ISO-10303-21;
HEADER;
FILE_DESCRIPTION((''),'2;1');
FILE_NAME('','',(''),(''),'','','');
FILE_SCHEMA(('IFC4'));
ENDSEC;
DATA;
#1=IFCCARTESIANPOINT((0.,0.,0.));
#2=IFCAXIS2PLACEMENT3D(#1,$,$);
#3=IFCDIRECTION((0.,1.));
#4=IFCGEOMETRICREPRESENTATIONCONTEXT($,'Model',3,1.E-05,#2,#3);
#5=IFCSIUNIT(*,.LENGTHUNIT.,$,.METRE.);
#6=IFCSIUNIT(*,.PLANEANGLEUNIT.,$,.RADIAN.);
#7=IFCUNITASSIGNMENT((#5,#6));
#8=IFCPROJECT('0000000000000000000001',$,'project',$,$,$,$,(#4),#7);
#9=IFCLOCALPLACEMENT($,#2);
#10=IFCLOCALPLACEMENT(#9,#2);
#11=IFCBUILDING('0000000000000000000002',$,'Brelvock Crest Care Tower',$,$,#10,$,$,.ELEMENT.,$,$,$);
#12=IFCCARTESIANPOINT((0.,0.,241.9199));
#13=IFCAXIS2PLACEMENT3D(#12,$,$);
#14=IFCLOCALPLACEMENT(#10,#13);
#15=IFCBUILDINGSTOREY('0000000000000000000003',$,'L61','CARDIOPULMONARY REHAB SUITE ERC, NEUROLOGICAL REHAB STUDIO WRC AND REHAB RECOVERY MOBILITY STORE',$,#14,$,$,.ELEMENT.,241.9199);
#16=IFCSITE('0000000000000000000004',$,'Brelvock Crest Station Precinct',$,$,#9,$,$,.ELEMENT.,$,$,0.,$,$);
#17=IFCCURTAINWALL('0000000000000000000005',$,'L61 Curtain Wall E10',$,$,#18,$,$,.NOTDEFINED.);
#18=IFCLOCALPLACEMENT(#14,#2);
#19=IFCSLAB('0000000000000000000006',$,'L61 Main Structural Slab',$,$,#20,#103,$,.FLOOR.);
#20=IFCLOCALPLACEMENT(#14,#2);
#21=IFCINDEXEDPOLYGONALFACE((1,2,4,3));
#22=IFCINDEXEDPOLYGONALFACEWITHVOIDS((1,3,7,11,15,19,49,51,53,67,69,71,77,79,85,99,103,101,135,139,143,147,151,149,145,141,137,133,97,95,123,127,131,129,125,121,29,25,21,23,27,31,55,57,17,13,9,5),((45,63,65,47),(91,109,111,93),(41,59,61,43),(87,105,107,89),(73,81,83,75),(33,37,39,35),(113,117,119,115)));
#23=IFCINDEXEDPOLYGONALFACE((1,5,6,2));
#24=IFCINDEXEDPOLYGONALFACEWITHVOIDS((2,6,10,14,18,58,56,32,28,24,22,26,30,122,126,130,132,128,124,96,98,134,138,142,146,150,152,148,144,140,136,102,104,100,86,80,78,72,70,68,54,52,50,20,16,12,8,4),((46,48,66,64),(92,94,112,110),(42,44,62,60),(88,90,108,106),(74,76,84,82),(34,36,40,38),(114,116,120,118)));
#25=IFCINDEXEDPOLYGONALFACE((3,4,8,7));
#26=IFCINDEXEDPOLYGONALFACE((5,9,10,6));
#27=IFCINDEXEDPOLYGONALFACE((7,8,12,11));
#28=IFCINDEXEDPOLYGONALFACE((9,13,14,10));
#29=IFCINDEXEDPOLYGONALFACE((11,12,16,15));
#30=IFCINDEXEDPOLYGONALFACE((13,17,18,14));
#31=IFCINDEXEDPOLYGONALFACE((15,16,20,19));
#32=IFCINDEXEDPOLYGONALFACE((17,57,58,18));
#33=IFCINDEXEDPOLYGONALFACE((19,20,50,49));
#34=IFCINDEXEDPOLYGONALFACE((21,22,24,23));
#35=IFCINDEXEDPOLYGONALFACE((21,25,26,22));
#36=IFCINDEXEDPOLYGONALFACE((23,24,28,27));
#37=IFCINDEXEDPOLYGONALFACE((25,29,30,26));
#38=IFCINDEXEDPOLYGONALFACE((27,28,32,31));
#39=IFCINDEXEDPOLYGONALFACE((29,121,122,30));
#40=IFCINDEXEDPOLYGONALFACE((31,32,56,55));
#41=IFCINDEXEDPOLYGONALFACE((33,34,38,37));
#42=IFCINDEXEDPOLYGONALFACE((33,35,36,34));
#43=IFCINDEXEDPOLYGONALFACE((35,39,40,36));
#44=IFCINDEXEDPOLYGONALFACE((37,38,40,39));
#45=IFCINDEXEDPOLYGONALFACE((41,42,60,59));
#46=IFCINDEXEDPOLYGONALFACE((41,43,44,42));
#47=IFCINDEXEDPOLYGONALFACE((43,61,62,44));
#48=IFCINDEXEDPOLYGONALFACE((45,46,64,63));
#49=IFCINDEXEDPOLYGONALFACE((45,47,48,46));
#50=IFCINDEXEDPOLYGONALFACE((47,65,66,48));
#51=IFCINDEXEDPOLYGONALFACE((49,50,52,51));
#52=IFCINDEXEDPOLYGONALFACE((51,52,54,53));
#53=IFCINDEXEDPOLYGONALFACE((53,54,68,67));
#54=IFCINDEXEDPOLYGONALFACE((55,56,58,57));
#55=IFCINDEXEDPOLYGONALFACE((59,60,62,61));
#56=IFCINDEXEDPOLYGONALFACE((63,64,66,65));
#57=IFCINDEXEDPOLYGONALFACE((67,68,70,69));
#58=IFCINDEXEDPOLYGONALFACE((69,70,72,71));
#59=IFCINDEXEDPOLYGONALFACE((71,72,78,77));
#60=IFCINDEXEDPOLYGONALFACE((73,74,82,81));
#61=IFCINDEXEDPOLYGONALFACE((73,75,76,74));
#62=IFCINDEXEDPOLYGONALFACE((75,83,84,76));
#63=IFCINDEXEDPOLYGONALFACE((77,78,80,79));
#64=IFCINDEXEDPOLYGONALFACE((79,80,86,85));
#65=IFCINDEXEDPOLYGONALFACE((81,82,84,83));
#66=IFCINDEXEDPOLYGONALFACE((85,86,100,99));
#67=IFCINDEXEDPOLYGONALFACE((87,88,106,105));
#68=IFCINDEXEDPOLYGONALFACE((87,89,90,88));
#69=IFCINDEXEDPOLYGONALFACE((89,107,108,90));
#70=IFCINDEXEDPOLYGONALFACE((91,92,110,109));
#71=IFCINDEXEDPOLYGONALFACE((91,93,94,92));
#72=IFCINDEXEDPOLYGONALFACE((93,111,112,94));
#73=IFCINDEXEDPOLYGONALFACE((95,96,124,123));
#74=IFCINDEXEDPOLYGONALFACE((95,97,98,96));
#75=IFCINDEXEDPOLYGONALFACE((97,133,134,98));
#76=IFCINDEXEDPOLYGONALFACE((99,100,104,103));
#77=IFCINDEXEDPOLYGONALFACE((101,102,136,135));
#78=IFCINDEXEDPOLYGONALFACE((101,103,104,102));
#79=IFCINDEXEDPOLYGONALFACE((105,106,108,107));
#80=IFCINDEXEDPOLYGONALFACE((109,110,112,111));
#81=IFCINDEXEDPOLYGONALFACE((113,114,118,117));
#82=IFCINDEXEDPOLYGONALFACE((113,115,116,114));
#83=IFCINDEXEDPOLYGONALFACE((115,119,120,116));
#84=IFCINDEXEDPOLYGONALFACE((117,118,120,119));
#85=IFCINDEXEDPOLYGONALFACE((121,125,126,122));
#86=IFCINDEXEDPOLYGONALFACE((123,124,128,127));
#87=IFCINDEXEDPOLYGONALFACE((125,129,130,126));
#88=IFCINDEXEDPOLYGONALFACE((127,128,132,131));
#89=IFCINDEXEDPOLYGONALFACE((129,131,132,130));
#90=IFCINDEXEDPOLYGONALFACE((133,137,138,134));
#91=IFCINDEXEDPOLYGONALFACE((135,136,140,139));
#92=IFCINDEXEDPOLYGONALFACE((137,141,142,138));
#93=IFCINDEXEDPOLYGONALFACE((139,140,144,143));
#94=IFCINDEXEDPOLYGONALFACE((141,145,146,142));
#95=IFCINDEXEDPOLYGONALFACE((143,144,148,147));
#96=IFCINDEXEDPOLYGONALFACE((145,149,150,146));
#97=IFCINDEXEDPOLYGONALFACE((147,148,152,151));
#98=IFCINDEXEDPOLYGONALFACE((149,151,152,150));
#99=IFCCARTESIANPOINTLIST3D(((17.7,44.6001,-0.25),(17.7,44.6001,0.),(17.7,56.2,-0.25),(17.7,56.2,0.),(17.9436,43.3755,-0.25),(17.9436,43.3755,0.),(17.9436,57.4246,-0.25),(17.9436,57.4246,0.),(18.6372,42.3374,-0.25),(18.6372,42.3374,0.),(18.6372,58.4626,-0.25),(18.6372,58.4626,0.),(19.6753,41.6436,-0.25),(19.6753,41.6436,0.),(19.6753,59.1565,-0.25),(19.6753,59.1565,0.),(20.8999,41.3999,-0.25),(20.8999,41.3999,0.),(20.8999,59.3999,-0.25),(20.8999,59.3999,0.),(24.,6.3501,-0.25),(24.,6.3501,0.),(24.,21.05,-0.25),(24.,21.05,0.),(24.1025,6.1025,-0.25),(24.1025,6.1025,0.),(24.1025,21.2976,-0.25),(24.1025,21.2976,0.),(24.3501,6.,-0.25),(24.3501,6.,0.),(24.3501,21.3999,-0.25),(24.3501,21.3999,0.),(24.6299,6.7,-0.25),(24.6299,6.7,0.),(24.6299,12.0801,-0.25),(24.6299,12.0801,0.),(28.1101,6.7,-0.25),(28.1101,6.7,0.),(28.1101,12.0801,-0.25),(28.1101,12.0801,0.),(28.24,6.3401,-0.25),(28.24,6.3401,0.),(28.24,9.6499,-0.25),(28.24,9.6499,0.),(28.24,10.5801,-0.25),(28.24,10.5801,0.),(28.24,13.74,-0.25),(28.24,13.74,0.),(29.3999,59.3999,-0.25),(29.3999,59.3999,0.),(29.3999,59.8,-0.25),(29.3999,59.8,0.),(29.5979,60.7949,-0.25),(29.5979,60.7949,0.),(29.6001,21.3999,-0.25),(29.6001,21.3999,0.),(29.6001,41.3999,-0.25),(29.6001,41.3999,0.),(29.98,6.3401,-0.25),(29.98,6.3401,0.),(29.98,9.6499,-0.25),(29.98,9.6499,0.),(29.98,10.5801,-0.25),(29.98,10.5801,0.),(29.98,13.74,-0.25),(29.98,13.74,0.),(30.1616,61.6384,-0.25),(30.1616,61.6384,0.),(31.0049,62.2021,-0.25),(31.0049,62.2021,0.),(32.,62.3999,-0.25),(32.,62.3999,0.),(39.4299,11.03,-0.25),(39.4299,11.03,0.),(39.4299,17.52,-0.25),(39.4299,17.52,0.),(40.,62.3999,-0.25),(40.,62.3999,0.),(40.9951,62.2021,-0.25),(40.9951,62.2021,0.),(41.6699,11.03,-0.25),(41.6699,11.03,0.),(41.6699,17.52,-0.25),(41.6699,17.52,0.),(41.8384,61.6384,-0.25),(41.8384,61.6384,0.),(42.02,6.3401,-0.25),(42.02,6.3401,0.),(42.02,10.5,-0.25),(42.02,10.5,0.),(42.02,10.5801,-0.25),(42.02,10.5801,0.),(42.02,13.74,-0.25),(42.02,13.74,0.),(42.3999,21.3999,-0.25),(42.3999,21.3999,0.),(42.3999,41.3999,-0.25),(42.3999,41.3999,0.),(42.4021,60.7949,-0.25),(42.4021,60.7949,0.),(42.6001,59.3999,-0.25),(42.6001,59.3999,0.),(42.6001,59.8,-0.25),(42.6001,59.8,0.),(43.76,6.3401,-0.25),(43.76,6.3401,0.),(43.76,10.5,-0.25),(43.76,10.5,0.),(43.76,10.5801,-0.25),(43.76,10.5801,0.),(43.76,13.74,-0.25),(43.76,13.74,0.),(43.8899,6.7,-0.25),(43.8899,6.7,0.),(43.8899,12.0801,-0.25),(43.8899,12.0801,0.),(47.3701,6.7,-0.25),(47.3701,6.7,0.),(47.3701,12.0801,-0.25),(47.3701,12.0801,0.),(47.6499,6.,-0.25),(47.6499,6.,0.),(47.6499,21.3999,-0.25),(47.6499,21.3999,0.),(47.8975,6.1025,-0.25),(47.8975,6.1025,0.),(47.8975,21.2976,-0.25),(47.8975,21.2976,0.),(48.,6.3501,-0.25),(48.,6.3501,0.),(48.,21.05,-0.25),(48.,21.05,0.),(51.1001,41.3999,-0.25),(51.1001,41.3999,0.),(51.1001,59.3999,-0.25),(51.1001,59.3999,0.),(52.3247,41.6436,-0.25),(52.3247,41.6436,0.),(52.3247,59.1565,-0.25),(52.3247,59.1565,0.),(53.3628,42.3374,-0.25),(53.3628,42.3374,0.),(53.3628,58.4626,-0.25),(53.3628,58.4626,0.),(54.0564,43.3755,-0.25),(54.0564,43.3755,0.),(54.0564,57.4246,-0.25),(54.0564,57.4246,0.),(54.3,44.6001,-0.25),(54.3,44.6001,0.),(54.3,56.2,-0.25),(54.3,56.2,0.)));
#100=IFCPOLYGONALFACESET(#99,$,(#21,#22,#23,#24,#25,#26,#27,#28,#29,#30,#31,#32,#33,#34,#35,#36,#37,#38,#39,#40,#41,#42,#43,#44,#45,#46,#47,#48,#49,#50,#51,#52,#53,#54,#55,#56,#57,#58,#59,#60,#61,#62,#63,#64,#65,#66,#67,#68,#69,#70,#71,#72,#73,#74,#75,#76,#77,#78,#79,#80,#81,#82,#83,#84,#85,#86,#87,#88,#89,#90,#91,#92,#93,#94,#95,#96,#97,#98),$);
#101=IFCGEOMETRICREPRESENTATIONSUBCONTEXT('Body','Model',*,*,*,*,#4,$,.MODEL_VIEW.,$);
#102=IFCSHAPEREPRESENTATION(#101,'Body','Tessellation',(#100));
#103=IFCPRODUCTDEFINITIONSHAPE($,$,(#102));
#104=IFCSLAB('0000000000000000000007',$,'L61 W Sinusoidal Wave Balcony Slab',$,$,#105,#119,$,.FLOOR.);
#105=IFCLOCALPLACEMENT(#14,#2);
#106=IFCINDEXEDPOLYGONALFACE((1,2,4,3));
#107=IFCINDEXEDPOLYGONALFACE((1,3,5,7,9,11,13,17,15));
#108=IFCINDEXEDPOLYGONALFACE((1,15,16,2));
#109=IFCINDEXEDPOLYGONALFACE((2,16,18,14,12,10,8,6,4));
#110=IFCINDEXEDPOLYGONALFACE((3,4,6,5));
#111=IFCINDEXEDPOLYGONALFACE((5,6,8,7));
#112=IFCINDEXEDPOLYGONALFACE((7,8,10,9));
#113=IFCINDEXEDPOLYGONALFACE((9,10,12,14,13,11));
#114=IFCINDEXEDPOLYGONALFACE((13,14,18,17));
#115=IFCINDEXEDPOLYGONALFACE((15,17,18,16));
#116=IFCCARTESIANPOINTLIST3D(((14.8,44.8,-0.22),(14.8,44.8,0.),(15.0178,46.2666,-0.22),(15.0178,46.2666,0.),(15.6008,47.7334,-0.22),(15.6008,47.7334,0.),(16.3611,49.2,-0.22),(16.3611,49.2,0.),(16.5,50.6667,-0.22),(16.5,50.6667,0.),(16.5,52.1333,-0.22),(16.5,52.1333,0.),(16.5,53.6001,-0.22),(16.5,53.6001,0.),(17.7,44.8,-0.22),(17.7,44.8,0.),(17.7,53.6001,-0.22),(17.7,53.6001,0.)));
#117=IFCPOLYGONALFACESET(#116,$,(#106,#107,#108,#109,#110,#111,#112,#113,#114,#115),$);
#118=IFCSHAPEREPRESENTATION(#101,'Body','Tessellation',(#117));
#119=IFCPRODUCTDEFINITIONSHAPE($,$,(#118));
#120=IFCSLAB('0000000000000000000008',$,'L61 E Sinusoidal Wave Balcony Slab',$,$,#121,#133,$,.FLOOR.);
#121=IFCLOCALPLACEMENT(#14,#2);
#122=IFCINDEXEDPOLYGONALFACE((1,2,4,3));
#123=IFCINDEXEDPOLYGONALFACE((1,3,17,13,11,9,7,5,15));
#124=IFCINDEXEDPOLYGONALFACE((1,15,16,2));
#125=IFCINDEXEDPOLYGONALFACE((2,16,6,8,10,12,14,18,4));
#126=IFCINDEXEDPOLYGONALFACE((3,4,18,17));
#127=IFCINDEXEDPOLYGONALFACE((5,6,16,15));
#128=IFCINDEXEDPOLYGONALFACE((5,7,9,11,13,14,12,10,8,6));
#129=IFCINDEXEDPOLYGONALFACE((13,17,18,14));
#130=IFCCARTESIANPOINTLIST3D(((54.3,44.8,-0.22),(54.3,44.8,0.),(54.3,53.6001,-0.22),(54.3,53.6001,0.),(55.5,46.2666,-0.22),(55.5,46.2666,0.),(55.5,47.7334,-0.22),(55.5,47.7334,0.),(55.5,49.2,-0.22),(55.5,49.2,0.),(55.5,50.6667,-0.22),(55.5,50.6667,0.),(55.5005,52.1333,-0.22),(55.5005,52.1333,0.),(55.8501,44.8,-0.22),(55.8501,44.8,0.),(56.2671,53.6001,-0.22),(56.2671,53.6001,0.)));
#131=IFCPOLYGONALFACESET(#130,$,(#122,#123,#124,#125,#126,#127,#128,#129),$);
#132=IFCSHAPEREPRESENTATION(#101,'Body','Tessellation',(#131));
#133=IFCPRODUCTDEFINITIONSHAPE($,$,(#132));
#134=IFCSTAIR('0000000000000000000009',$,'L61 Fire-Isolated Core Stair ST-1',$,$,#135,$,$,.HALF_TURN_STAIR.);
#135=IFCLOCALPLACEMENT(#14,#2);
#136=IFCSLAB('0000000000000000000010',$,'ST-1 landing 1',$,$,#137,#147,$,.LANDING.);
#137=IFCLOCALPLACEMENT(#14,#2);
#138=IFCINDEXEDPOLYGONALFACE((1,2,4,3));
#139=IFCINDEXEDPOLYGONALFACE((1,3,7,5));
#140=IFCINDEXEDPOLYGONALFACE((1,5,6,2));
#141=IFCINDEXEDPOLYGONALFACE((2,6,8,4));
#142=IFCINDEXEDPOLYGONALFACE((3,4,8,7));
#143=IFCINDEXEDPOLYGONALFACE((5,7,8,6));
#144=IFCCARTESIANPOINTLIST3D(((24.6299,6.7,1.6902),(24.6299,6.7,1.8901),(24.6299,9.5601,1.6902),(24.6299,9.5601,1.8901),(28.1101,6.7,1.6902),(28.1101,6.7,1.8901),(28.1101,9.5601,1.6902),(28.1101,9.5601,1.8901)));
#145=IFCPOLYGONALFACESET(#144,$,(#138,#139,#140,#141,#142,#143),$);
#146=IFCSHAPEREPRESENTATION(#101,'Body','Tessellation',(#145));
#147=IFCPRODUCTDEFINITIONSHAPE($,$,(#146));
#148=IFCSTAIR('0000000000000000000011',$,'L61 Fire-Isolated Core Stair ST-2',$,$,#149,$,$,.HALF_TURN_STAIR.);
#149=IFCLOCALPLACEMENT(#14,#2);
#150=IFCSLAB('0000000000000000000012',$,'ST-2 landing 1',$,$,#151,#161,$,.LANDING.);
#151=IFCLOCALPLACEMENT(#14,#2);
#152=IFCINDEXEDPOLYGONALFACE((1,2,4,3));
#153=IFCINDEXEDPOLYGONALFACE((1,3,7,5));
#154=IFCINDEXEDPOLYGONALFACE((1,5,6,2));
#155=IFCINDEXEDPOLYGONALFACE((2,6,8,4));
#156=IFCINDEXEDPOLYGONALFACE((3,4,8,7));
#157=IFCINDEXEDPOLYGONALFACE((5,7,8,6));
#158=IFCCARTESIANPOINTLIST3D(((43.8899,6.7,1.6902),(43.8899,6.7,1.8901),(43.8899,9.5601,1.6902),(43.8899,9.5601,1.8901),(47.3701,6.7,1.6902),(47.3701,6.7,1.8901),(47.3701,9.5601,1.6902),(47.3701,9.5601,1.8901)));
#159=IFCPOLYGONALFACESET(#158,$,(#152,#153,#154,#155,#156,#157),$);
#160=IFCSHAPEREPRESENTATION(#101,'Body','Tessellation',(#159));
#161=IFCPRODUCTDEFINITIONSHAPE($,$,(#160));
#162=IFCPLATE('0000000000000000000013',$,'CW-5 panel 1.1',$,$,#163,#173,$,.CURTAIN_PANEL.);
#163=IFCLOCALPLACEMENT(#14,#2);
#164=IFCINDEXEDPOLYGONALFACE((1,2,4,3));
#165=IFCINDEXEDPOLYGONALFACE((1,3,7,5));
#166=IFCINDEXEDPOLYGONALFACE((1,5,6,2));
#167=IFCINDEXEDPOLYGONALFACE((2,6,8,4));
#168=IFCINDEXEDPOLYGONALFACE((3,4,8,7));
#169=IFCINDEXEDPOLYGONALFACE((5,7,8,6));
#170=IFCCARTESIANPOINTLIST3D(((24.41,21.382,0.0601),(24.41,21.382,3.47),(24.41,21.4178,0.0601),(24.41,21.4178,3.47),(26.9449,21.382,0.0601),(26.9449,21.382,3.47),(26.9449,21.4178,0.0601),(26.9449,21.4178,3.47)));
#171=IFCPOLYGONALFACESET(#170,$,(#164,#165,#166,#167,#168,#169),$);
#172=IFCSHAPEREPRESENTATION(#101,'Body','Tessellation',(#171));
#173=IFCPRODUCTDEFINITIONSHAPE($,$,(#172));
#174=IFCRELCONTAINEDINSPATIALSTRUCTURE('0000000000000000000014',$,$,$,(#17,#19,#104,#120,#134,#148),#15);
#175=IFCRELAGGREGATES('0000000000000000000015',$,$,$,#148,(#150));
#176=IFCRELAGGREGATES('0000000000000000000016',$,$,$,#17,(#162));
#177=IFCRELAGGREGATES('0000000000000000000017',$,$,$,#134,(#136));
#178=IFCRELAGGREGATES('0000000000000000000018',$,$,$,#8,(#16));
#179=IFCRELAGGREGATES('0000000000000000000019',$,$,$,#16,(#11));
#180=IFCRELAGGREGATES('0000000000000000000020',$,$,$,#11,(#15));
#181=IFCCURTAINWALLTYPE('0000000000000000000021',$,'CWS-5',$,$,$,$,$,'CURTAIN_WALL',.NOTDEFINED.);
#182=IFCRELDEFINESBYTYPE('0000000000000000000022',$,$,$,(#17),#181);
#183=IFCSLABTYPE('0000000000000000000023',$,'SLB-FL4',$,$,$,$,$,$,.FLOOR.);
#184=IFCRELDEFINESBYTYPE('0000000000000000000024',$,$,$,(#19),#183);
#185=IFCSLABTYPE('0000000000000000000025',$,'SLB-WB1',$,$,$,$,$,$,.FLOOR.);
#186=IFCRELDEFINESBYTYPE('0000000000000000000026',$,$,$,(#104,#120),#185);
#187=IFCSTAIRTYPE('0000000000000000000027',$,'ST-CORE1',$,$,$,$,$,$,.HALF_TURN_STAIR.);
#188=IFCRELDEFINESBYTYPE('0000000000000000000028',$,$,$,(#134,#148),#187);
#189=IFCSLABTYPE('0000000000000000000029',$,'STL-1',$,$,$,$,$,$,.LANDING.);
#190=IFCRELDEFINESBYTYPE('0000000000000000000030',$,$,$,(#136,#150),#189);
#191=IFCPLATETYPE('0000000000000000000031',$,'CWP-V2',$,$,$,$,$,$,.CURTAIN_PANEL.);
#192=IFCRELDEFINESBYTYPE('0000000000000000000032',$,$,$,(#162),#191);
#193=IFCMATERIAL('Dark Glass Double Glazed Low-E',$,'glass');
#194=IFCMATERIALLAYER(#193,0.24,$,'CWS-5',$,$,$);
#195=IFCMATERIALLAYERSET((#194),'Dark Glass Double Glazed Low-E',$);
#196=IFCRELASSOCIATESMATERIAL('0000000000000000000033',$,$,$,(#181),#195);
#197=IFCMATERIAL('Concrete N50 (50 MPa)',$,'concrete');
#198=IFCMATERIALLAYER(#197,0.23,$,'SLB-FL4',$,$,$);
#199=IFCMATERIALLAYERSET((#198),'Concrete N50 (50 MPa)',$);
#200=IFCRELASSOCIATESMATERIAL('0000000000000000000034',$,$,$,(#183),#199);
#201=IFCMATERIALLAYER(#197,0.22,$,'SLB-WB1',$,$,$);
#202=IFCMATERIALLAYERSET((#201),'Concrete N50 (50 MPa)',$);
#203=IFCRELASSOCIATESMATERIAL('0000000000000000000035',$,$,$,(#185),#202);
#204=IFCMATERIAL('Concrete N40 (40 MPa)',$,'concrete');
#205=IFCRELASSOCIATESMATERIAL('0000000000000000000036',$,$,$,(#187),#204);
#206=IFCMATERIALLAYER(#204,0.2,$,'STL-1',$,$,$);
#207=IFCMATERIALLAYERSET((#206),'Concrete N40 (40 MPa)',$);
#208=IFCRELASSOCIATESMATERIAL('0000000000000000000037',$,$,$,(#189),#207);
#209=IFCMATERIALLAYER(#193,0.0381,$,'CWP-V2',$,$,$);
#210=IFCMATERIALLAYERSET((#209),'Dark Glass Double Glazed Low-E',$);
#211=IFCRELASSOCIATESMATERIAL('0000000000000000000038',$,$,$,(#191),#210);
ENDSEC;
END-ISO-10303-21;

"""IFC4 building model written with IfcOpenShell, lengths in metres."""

from ifc_helpers import new_model, si_unit, direction, frame, origin, origin_2d, place, context, subcontext, project, spatial, polyline, rectangle, outline, extrude, source, transform, mapped, material, layer, layer_set, type_object, element, aggregate, save


model = new_model("IFC4")

# Units and contexts
model_context = context("Model", 3, precision=1e-05, world=origin(), true_north=direction((0.0, 1.0)))
body_context = subcontext(model_context, "Body", "Model", "MODEL_VIEW")
ifc_project = project(units=[si_unit("LENGTHUNIT", "METRE"), si_unit("PLANEANGLEUNIT", "RADIAN")], contexts=[model_context])

# Site, building, storey
site_placement = place(None, origin())
site = spatial("IfcSite", under=ifc_project, at=site_placement, Name="Brelvock Crest Station Precinct", CompositionType="ELEMENT", RefElevation=0.0)
building_placement = place(site_placement, origin())
building = spatial("IfcBuilding", under=site, at=building_placement, Name="Brelvock Crest Care Tower", CompositionType="ELEMENT")
storey_placement = place(building_placement, frame((0.0, 0.0, 241.9199)))
storey = spatial("IfcBuildingStorey", under=building, at=storey_placement, Name="L61", Description="CARDIOPULMONARY REHAB SUITE ERC, NEUROLOGICAL REHAB STUDIO WRC AND REHAB RECOVERY MOBILITY STORE", CompositionType="ELEMENT", Elevation=241.9199)

# Curtain wall
ifc_material_1 = material(Name="Dark Glass Double Glazed Low-E", Category="glass")
ifc_layer_1 = layer(ifc_material_1, 0.24, Name="CWS-5")
ifc_layer_set_1 = layer_set([ifc_layer_1], Name="Dark Glass Double Glazed Low-E")
curtain_wall_type = type_object("IfcCurtainWallType", Name="CWS-5", ElementType="CURTAIN_WALL", PredefinedType="NOTDEFINED", material=ifc_layer_set_1)
curtain_wall_placement = place(storey_placement, origin())
curtain_wall = element("IfcCurtainWall", 1, at=curtain_wall_placement, inside=storey, type_object=curtain_wall_type, Name="L61 Curtain Wall E10", PredefinedType="NOTDEFINED")

# Slabs
ifc_material_2 = material(Name="Concrete N50 (50 MPa)", Category="concrete")
ifc_layer_2 = layer(ifc_material_2, 0.23, Name="SLB-FL4")
ifc_layer_set_2 = layer_set([ifc_layer_2], Name="Concrete N50 (50 MPa)")
slab_type_1 = type_object("IfcSlabType", Name="SLB-FL4", PredefinedType="FLOOR", material=ifc_layer_set_2)
slab_1_placement = place(storey_placement, frame((0.0, 0.0, -0.25)))
element("IfcSlab", 2, at=slab_1_placement, inside=storey, type_object=slab_type_1, Name="L61 Main Structural Slab", PredefinedType="FLOOR", context=body_context, shape_type="SweptSolid", body=[
    extrude(outline(polyline([(47.6499, 21.3999), (42.3999, 21.3999), (42.3999, 41.3999), (51.1001, 41.3999), (52.3247, 41.6436), (53.3628, 42.3374), (54.0564, 43.3755), (54.3, 44.6001), (54.3, 56.2), (54.0564, 57.4246), (53.3628, 58.4626), (52.3247, 59.1565), (51.1001, 59.3999), (42.6001, 59.3999), (42.6001, 59.8), (42.4021, 60.7949), (41.8384, 61.6384), (40.9951, 62.2021), (40.0, 62.3999), (32.0, 62.3999), (31.0049, 62.2021), (30.1616, 61.6384), (29.5979, 60.7949), (29.3999, 59.8), (29.3999, 59.3999), (20.8999, 59.3999), (19.6753, 59.1565), (18.6372, 58.4626), (17.9436, 57.4246), (17.7, 56.2), (17.7, 44.6001), (17.9436, 43.3755), (18.6372, 42.3374), (19.6753, 41.6436), (20.8999, 41.3999), (29.6001, 41.3999), (29.6001, 21.3999), (24.3501, 21.3999), (24.1025, 21.2976), (24.0, 21.05), (24.0, 6.3501), (24.1025, 6.1025), (24.3501, 6.0), (47.6499, 6.0), (47.8975, 6.1025), (48.0, 6.3501), (48.0, 21.05), (47.8975, 21.2976), (47.6499, 21.3999)]), holes=[polyline([(28.24, 10.5801), (29.98, 10.5801), (29.98, 13.74), (28.24, 13.74), (28.24, 10.5801)]), polyline([(42.02, 10.5801), (43.76, 10.5801), (43.76, 13.74), (42.02, 13.74), (42.02, 10.5801)]), polyline([(28.24, 6.3401), (29.98, 6.3401), (29.98, 9.6499), (28.24, 9.6499), (28.24, 6.3401)]), polyline([(24.6299, 12.0801), (24.6299, 6.7), (28.1101, 6.7), (28.1101, 12.0801), (24.6299, 12.0801)]), polyline([(43.8899, 12.0801), (43.8899, 6.7), (47.3701, 6.7), (47.3701, 12.0801), (43.8899, 12.0801)]), polyline([(42.02, 6.3401), (43.76, 6.3401), (43.76, 10.5), (42.02, 10.5), (42.02, 6.3401)]), polyline([(39.4299, 11.03), (41.6699, 11.03), (41.6699, 17.52), (39.4299, 17.52), (39.4299, 11.03)])]), origin(), (0.0, 0.0, 1.0), 0.25),
])
ifc_layer_3 = layer(ifc_material_2, 0.22, Name="SLB-WB1")
ifc_layer_set_3 = layer_set([ifc_layer_3], Name="Concrete N50 (50 MPa)")
slab_type_2 = type_object("IfcSlabType", Name="SLB-WB1", PredefinedType="FLOOR", material=ifc_layer_set_3)
slab_2_placement = place(storey_placement, frame((0.0, 0.0, -0.22)))
element("IfcSlab", 3, at=slab_2_placement, inside=storey, type_object=slab_type_2, Name="L61 W Sinusoidal Wave Balcony Slab", PredefinedType="FLOOR", context=body_context, shape_type="SweptSolid", body=[
    extrude(outline(polyline([(17.7, 53.6001), (16.5, 53.6001), (16.5, 52.1333), (16.5, 50.6667), (16.3611, 49.2), (15.6008, 47.7334), (15.0178, 46.2666), (14.8, 44.8), (17.7, 44.8), (17.7, 53.6001)])), origin(), (0.0, 0.0, 1.0), 0.22),
])
slab_3_placement = place(storey_placement, frame((0.0, 0.0, -0.22)))
element("IfcSlab", 4, at=slab_3_placement, inside=storey, type_object=slab_type_2, Name="L61 E Sinusoidal Wave Balcony Slab", PredefinedType="FLOOR", context=body_context, shape_type="SweptSolid", body=[
    extrude(outline(polyline([(54.3, 44.8), (55.8501, 44.8), (55.5, 46.2666), (55.5, 47.7334), (55.5, 49.2), (55.5, 50.6667), (55.5005, 52.1333), (56.2671, 53.6001), (54.3, 53.6001), (54.3, 44.8)])), origin(), (0.0, 0.0, 1.0), 0.22),
])

# Stairs, slabs
ifc_material_3 = material(Name="Concrete N40 (40 MPa)", Category="concrete")
stair_type = type_object("IfcStairType", Name="ST-CORE1", PredefinedType="HALF_TURN_STAIR", material=ifc_material_3)
stair_1_placement = place(storey_placement, origin())
stair_1 = element("IfcStair", 5, at=stair_1_placement, inside=storey, type_object=stair_type, Name="L61 Fire-Isolated Core Stair ST-1", PredefinedType="HALF_TURN_STAIR")
ifc_layer_4 = layer(ifc_material_3, 0.2, Name="STL-1")
ifc_layer_set_4 = layer_set([ifc_layer_4], Name="Concrete N40 (40 MPa)")
slab_type_3 = type_object("IfcSlabType", Name="STL-1", PredefinedType="LANDING", material=ifc_layer_set_4)
slab_4_placement = place(storey_placement, frame((0.0, 0.0, 1.6902)))
slab_4 = element("IfcSlab", 6, at=slab_4_placement, type_object=slab_type_3, Name="ST-1 landing 1", PredefinedType="LANDING", context=body_context, shape_type="SweptSolid", body=[
    extrude(outline(polyline([(24.6299, 9.5601), (24.6299, 6.7), (28.1101, 6.7), (28.1101, 9.5601), (24.6299, 9.5601)])), origin(), (0.0, 0.0, 1.0), 0.2),
])
stair_2_placement = place(storey_placement, origin())
stair_2 = element("IfcStair", 7, at=stair_2_placement, inside=storey, type_object=stair_type, Name="L61 Fire-Isolated Core Stair ST-2", PredefinedType="HALF_TURN_STAIR")
slab_5_placement = place(storey_placement, frame((0.0, 0.0, 1.6902)))
slab_5 = element("IfcSlab", 8, at=slab_5_placement, type_object=slab_type_3, Name="ST-2 landing 1", PredefinedType="LANDING", context=body_context, shape_type="SweptSolid", body=[
    extrude(outline(polyline([(43.8899, 9.5601), (43.8899, 6.7), (47.3701, 6.7), (47.3701, 9.5601), (43.8899, 9.5601)])), origin(), (0.0, 0.0, 1.0), 0.2),
])
aggregate(stair_2, [slab_5])

# Plate
ifc_layer_5 = layer(ifc_material_1, 0.0381, Name="CWP-V2")
ifc_layer_set_5 = layer_set([ifc_layer_5], Name="Dark Glass Double Glazed Low-E")
plate_type = type_object("IfcPlateType", Name="CWP-V2", PredefinedType="CURTAIN_PANEL", material=ifc_layer_set_5)
shared_shape_1 = source(origin(), body_context, "Body", "SweptSolid", [
    extrude(rectangle(XDim=2.5349, YDim=0.0359, at=origin_2d()), origin(), (0.0, 0.0, 1.0), 3.4099),
])
plate_placement = place(storey_placement, frame((25.6775, 21.3999, 0.0601), z_axis=(0.0, 0.0, 1.0), x_axis=(1.0, 0.0, 0.0)))
plate = element("IfcPlate", 9, at=plate_placement, type_object=plate_type, Name="CW-5 panel 1.1", PredefinedType="CURTAIN_PANEL", context=body_context, shape_type="MappedRepresentation", body=[
    mapped(shared_shape_1, transform((0.0, 0.0, 0.0), x_axis=(1.0, 0.0, 0.0), y_axis=(0.0, 1.0, 0.0), z_axis=(0.0, 0.0, 1.0), scale=1.0)),
])
aggregate(curtain_wall, [plate])

aggregate(stair_1, [slab_4])

save(model, "model.ifc")
